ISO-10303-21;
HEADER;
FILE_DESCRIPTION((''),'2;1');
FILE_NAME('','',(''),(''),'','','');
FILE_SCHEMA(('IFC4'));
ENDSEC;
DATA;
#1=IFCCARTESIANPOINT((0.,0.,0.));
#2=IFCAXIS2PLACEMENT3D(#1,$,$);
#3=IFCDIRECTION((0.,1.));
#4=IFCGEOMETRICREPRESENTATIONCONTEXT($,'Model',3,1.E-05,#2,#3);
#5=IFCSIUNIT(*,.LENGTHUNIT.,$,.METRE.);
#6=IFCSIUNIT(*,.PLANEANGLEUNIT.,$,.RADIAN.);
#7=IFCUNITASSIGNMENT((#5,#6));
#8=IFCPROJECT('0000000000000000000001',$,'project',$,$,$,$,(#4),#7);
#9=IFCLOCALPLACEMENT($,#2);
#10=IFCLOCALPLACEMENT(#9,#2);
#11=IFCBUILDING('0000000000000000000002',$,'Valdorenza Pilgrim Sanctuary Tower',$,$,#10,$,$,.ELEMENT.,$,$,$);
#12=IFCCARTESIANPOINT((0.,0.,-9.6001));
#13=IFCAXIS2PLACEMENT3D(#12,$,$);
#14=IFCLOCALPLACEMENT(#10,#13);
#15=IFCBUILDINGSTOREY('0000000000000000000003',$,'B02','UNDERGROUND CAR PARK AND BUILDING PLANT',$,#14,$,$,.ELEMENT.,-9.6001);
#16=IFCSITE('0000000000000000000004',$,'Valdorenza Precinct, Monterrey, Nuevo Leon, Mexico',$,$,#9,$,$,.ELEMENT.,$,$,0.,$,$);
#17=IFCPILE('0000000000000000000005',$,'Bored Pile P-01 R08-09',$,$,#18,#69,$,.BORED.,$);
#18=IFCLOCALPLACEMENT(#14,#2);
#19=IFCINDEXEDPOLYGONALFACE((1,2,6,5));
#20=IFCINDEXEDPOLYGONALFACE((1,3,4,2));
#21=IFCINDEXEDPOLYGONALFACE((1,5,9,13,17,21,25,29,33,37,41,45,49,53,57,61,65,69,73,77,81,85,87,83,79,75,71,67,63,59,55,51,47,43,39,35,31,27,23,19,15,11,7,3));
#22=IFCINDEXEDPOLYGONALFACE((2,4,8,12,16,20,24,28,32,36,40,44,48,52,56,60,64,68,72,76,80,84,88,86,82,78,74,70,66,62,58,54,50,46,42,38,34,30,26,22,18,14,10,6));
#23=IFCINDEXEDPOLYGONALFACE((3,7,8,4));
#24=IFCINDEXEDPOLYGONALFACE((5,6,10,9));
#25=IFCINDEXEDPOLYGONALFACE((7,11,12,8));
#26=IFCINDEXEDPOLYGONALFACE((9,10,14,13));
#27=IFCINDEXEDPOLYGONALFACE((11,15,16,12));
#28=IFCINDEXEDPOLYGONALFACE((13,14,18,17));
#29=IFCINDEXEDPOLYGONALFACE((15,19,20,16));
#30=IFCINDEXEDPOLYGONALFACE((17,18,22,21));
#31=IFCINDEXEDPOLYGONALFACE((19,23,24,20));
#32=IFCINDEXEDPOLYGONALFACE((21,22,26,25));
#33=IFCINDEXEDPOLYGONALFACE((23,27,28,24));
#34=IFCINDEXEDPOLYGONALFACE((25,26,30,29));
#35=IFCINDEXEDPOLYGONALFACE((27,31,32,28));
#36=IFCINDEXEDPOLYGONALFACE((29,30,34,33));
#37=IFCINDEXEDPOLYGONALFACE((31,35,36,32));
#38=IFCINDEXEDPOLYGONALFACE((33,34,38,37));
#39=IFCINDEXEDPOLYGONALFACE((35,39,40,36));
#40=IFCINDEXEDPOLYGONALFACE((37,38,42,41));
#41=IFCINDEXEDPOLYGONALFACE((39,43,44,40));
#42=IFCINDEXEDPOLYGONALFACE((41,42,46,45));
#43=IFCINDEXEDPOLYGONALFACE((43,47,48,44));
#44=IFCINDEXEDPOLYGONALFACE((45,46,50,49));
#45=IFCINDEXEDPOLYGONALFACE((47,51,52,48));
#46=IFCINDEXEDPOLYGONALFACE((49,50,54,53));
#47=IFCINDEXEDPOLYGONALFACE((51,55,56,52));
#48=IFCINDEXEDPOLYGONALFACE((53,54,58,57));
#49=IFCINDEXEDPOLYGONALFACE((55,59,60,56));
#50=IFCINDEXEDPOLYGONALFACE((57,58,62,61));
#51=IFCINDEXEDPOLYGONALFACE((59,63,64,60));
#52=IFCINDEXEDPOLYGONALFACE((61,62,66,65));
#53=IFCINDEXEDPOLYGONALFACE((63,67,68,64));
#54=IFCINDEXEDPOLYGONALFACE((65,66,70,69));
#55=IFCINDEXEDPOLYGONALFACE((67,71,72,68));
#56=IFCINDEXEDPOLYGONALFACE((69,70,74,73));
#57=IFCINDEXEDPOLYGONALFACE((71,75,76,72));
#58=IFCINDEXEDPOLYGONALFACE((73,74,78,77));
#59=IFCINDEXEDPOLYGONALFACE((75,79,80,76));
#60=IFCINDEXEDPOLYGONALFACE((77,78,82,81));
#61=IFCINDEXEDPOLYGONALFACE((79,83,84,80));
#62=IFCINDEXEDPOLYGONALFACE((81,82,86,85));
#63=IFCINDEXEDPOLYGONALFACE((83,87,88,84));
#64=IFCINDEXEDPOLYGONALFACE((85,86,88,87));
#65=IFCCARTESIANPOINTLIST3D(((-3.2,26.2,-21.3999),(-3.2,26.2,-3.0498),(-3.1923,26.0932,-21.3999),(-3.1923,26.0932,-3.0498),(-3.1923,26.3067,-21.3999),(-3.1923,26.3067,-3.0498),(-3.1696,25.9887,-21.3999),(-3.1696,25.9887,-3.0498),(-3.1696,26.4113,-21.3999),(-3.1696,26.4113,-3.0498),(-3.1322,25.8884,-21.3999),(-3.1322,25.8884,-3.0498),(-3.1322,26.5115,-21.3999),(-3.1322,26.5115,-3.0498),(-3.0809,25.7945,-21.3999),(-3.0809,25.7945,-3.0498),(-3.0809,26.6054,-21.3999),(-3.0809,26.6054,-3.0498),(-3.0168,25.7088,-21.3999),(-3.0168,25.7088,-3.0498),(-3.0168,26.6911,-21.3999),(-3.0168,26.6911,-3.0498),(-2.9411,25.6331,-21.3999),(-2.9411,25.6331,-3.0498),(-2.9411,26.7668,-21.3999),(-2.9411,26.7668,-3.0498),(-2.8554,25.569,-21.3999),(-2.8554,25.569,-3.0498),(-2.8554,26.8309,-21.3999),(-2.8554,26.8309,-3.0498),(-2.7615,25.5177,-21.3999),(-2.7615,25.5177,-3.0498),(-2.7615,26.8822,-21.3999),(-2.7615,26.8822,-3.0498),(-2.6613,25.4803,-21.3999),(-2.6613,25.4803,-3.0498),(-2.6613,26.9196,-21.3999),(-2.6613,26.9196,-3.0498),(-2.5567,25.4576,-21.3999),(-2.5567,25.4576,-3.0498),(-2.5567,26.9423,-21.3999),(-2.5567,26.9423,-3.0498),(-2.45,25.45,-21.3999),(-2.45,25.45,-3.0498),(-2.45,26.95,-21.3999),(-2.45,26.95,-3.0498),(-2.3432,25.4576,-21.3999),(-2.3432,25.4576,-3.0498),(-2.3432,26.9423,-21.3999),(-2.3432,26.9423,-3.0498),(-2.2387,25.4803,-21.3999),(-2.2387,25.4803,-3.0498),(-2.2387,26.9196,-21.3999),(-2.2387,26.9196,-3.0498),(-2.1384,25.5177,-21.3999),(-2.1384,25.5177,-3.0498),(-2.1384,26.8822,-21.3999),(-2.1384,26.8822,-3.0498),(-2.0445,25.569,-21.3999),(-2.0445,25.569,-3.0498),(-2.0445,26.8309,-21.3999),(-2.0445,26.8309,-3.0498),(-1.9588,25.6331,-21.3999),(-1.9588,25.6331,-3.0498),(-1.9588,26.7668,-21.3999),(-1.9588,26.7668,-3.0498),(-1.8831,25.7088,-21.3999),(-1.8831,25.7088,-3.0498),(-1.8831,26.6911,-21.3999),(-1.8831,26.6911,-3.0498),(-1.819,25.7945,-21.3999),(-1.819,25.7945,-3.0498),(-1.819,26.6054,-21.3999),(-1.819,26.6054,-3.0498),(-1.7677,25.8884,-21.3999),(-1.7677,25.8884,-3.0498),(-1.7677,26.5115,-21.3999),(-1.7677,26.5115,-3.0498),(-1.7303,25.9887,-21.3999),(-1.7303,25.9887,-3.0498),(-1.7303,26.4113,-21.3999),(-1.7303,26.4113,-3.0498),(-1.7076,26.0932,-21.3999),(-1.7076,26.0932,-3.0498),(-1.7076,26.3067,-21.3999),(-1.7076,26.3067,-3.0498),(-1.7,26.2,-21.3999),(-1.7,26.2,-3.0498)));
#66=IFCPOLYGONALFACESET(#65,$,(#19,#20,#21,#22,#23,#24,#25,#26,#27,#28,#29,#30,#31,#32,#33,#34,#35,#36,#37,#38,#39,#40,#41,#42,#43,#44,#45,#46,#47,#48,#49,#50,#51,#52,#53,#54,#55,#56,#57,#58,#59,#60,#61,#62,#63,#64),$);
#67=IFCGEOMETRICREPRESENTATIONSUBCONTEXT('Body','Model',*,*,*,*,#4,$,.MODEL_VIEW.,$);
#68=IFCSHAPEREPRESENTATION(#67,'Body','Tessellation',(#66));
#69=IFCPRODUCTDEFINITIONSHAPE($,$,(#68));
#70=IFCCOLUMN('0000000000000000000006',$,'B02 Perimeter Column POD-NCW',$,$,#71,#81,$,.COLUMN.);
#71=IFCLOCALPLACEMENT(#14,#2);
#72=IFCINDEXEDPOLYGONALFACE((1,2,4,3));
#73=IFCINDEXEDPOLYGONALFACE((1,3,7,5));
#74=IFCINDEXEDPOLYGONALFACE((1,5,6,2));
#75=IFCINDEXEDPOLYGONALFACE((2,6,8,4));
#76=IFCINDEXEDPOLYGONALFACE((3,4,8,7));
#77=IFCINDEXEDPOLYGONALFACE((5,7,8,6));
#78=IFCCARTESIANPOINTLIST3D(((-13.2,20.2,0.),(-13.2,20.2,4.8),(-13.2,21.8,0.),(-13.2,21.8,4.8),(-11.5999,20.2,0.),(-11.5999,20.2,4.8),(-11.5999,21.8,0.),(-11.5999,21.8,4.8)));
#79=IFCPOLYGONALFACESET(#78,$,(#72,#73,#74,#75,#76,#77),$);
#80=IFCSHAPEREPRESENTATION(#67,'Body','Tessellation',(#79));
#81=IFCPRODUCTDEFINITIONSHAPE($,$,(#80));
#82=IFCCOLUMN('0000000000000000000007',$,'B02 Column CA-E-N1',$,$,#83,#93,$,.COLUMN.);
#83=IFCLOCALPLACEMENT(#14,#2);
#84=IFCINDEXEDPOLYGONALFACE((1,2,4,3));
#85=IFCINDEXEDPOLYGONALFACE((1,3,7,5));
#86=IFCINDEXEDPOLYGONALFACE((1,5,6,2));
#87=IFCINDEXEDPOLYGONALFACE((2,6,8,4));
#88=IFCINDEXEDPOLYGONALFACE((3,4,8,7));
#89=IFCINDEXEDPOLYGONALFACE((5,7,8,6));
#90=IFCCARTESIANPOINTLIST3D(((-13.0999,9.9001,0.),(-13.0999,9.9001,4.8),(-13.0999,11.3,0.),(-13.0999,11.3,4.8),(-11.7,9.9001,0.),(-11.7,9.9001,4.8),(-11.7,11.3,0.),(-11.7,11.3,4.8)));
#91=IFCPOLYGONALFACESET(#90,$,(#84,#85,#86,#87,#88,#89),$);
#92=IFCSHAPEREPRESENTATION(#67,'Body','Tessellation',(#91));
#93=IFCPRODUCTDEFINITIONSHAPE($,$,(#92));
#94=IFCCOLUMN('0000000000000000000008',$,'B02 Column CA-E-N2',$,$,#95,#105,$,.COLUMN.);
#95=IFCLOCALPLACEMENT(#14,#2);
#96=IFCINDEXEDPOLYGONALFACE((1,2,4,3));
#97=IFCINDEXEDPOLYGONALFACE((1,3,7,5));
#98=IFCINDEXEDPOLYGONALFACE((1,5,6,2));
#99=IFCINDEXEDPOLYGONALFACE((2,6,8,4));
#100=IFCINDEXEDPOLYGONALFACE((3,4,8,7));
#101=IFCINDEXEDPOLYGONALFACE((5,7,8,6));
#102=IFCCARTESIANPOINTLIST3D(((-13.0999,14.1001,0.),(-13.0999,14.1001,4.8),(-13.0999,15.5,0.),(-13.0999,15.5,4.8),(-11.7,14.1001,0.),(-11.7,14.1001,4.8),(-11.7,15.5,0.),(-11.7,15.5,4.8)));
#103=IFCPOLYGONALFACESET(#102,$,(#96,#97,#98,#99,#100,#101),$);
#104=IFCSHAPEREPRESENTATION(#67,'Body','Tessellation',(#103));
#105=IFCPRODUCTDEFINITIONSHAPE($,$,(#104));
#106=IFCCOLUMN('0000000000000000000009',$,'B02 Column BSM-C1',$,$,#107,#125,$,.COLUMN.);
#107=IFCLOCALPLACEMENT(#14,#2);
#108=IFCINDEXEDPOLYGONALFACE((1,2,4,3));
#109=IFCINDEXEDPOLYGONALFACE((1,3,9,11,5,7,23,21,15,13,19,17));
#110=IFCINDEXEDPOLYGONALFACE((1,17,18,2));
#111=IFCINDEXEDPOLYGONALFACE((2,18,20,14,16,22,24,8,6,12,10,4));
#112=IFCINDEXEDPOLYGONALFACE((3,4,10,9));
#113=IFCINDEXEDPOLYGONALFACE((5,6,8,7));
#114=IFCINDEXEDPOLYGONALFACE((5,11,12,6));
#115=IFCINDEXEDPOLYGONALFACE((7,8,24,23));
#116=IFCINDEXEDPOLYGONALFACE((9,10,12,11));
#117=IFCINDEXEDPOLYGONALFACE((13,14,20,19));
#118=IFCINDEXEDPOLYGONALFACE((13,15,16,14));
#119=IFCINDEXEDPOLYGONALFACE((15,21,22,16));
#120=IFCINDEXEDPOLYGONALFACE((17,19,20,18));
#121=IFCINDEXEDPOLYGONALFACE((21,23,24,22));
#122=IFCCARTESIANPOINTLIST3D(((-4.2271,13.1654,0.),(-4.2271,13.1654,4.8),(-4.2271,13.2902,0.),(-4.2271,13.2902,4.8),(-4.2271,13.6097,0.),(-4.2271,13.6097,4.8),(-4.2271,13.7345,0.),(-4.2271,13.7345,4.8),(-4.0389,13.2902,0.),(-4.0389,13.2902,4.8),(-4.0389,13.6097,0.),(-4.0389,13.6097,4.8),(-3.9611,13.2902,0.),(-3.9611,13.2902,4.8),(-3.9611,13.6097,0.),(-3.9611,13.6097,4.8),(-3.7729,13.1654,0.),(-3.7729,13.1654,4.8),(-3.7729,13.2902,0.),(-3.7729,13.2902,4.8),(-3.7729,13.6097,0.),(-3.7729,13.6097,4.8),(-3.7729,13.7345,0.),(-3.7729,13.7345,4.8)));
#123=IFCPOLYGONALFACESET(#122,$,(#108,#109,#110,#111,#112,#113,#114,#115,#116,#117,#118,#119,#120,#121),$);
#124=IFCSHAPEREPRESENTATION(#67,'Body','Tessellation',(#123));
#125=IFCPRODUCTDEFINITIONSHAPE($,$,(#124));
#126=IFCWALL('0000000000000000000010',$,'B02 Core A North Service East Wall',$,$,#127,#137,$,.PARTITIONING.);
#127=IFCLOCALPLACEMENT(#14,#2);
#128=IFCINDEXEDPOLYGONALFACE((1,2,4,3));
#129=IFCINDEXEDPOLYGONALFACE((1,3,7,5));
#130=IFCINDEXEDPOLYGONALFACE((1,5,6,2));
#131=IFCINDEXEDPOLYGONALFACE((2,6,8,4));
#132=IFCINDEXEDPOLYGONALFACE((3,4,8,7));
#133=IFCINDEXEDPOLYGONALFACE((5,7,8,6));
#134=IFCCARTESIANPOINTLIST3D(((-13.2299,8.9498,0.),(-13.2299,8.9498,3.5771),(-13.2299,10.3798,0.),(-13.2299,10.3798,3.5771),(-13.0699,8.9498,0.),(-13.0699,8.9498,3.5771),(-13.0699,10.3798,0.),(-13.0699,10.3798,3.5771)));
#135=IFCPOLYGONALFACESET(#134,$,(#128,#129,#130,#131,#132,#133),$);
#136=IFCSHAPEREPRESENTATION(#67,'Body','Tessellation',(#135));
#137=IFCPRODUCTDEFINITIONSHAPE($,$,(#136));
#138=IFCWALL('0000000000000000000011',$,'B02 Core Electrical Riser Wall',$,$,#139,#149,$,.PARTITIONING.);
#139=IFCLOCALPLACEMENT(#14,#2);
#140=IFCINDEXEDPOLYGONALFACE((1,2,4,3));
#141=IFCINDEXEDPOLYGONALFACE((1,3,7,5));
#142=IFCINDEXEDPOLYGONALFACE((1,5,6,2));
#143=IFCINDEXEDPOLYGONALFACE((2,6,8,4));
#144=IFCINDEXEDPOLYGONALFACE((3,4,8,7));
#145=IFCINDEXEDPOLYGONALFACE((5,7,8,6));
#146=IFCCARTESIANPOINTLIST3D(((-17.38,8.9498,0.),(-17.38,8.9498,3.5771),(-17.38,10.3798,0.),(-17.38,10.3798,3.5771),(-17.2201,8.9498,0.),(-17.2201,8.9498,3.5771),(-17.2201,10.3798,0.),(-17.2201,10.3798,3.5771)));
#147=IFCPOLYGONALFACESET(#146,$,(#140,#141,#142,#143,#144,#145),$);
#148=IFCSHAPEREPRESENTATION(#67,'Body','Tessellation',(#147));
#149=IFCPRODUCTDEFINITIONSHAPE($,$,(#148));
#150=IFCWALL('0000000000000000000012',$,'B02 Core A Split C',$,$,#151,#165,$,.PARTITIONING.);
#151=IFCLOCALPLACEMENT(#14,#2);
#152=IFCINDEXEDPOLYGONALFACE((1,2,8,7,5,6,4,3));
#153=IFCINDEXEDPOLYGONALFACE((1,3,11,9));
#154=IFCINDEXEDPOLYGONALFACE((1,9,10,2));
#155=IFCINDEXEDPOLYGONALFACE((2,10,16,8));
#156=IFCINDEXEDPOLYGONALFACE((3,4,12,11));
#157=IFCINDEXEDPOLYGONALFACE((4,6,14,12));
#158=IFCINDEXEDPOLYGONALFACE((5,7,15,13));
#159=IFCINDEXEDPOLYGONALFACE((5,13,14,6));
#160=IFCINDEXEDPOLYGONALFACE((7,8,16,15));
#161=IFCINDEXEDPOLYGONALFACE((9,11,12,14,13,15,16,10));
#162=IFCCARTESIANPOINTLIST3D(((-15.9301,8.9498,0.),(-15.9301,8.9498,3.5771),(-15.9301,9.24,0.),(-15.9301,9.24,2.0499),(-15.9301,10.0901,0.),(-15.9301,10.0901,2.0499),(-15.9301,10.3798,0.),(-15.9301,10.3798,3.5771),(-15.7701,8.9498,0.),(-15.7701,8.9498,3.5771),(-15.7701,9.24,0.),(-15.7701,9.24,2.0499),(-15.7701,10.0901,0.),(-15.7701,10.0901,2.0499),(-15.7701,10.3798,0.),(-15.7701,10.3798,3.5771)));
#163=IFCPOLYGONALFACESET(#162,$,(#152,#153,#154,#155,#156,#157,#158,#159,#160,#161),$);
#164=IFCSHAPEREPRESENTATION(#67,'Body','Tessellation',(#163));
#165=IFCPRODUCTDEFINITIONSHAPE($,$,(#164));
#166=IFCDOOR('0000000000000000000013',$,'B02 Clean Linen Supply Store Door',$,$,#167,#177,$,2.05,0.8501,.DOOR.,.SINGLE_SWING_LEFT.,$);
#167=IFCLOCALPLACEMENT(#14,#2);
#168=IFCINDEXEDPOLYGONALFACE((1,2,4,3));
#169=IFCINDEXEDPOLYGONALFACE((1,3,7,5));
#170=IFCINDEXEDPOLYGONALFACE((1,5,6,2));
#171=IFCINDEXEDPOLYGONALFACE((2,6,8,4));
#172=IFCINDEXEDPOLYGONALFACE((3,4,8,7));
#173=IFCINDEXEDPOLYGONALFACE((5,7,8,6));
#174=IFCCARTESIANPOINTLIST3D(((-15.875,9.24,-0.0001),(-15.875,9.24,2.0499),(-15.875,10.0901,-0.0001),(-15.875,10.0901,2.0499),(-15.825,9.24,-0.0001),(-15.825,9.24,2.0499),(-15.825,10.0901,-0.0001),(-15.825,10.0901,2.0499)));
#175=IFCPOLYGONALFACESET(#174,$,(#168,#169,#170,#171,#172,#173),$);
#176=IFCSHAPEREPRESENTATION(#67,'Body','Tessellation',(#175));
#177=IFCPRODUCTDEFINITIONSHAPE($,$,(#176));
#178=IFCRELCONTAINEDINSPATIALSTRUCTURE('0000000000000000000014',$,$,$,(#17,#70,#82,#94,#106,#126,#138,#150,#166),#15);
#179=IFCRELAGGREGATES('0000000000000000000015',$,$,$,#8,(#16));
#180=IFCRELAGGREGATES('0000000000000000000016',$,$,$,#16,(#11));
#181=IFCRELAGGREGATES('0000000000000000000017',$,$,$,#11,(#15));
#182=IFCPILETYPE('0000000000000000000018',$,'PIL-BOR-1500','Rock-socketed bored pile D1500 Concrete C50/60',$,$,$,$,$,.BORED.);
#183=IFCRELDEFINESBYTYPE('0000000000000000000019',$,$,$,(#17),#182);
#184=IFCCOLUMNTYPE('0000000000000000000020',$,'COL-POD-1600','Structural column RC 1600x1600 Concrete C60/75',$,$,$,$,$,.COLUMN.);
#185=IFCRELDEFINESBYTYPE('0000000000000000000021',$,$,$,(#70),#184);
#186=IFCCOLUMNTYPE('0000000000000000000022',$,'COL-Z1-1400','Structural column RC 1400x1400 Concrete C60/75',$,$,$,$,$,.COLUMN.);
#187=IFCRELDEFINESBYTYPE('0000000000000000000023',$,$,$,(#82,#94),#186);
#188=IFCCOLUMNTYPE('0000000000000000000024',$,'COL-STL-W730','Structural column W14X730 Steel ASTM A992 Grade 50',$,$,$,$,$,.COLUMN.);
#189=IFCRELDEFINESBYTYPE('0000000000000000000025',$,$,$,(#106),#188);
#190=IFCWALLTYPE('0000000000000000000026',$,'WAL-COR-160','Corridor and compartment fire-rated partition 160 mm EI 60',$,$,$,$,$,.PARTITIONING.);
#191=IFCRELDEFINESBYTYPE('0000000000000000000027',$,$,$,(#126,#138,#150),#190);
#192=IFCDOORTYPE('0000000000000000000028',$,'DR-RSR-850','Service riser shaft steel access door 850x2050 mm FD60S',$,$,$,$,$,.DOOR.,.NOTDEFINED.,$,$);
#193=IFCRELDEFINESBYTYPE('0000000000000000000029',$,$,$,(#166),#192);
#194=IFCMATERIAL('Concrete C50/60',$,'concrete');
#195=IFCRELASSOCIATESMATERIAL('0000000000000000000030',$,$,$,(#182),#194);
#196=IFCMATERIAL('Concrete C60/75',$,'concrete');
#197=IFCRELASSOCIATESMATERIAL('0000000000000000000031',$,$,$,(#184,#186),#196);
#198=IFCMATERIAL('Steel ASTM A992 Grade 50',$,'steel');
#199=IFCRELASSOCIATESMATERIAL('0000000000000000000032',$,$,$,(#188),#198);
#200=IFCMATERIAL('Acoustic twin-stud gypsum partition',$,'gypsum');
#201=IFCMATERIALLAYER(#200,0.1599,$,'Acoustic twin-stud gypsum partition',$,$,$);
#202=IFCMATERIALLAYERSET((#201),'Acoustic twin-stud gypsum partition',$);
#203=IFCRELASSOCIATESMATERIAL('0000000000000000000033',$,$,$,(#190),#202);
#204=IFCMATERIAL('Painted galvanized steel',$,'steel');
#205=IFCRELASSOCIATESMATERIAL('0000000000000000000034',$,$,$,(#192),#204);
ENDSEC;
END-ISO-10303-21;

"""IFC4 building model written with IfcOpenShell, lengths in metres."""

from ifc_helpers import new_model, si_unit, direction, frame, frame_2d, origin, origin_2d, place, context, subcontext, project, spatial, rectangle, circle, i_section, extrude, source, transform, mapped, material, layer, layer_set, material_profile, profile_set, type_object, element, fill, save


model = new_model("IFC4")

# Units and contexts
model_context = context("Model", 3, precision=1e-05, world=origin(), true_north=direction((0.0, 1.0)))
body_context = subcontext(model_context, "Body", "Model", "MODEL_VIEW")
ifc_project = project(units=[si_unit("LENGTHUNIT", "METRE"), si_unit("PLANEANGLEUNIT", "RADIAN")], contexts=[model_context])

# Site, building, storey
site_placement = place(None, origin())
site = spatial("IfcSite", under=ifc_project, at=site_placement, Name="Valdorenza Precinct, Monterrey, Nuevo Leon, Mexico", CompositionType="ELEMENT", RefElevation=0.0)
building_placement = place(site_placement, origin())
building = spatial("IfcBuilding", under=site, at=building_placement, Name="Valdorenza Pilgrim Sanctuary Tower", CompositionType="ELEMENT")
storey_placement = place(building_placement, frame((0.0, 0.0, -9.6001)))
storey = spatial("IfcBuildingStorey", under=building, at=storey_placement, Name="B02", Description="UNDERGROUND CAR PARK AND BUILDING PLANT", CompositionType="ELEMENT", Elevation=-9.6001)

# Pile
ifc_material_1 = material(Name="Concrete C50/60", Category="concrete")
ifc_material_profile_1 = material_profile(ifc_material_1, circle(Radius=0.75, at=origin_2d()), Name="BORED PILE 1500")
ifc_profile_set_1 = profile_set([ifc_material_profile_1], Name="Concrete C50/60")
pile_type = type_object("IfcPileType", Name="PIL-BOR-1500", Description="Rock-socketed bored pile D1500 Concrete C50/60", PredefinedType="BORED", material=ifc_profile_set_1)
shared_shape_1 = source(origin(), body_context, "Body", "SweptSolid", [
    extrude(circle(Radius=0.75, at=origin_2d()), origin(), (0.0, 0.0, 1.0), 18.3501),
])
for number, where, z_axis, x_axis, name in (
    (1, (-2.45, 26.2, -3.0498), (0.0, 0.0, -1.0), (1.0, 0.0, 0.0), "Bored Pile P-01 R08-09"),
):
    element("IfcPile", number, at=place(storey_placement, frame(where, z_axis=z_axis, x_axis=x_axis)), inside=storey, type_object=pile_type, Name=name, PredefinedType="BORED", context=body_context, shape_type="MappedRepresentation", body=[
        mapped(shared_shape_1, transform((0.0, 0.0, 0.0), x_axis=(1.0, 0.0, 0.0), y_axis=(0.0, 1.0, 0.0), z_axis=(0.0, 0.0, 1.0), scale=1.0)),
    ])

# Columns
ifc_material_2 = material(Name="Concrete C60/75", Category="concrete")
ifc_material_profile_2 = material_profile(ifc_material_2, rectangle(XDim=1.6001, YDim=1.6001, at=origin_2d()), Name="RC 1600x1600")
ifc_profile_set_2 = profile_set([ifc_material_profile_2], Name="Concrete C60/75")
column_type_1 = type_object("IfcColumnType", Name="COL-POD-1600", Description="Structural column RC 1600x1600 Concrete C60/75", PredefinedType="COLUMN", material=ifc_profile_set_2)
shared_shape_2 = source(origin(), body_context, "Body", "SweptSolid", [
    extrude(rectangle(XDim=1.6001, YDim=1.6001, at=origin_2d()), origin(), (0.0, 0.0, 1.0), 4.8),
])
column_1_placement = place(storey_placement, frame((-12.3999, 21.0, 0.0), z_axis=(0.0, 0.0, 1.0), x_axis=(1.0, 0.0, 0.0)))
element("IfcColumn", 2, at=column_1_placement, inside=storey, type_object=column_type_1, Name="B02 Perimeter Column POD-NCW", PredefinedType="COLUMN", context=body_context, shape_type="MappedRepresentation", body=[
    mapped(shared_shape_2, transform((0.0, 0.0, 0.0), x_axis=(1.0, 0.0, 0.0), y_axis=(0.0, 1.0, 0.0), z_axis=(0.0, 0.0, 1.0), scale=1.0)),
])
ifc_material_profile_3 = material_profile(ifc_material_2, rectangle(XDim=1.3999, YDim=1.3999, at=origin_2d()), Name="RC 1400x1400")
ifc_profile_set_3 = profile_set([ifc_material_profile_3], Name="Concrete C60/75")
column_type_2 = type_object("IfcColumnType", Name="COL-Z1-1400", Description="Structural column RC 1400x1400 Concrete C60/75", PredefinedType="COLUMN", material=ifc_profile_set_3)
shared_shape_3 = source(origin(), body_context, "Body", "SweptSolid", [
    extrude(rectangle(XDim=1.3999, YDim=1.3999, at=origin_2d()), origin(), (0.0, 0.0, 1.0), 4.8),
])
for number, where, z_axis, x_axis, name in (
    (3, (-12.3999, 10.6001, 0.0), (0.0, 0.0, 1.0), (1.0, 0.0, 0.0), "B02 Column CA-E-N1"),
    (4, (-12.3999, 14.8, 0.0), (0.0, 0.0, 1.0), (1.0, 0.0, 0.0), "B02 Column CA-E-N2"),
):
    element("IfcColumn", number, at=place(storey_placement, frame(where, z_axis=z_axis, x_axis=x_axis)), inside=storey, type_object=column_type_2, Name=name, PredefinedType="COLUMN", context=body_context, shape_type="MappedRepresentation", body=[
        mapped(shared_shape_3, transform((0.0, 0.0, 0.0), x_axis=(1.0, 0.0, 0.0), y_axis=(0.0, 1.0, 0.0), z_axis=(0.0, 0.0, 1.0), scale=1.0)),
    ])
ifc_material_3 = material(Name="Steel ASTM A992 Grade 50", Category="steel")
ifc_material_profile_4 = material_profile(ifc_material_3, i_section(OverallWidth=0.4541, OverallDepth=0.5691, WebThickness=0.0779, FlangeThickness=0.1248, at=origin_2d()), Name="W14X730")
ifc_profile_set_4 = profile_set([ifc_material_profile_4], Name="Steel ASTM A992 Grade 50")
column_type_3 = type_object("IfcColumnType", Name="COL-STL-W730", Description="Structural column W14X730 Steel ASTM A992 Grade 50", PredefinedType="COLUMN", material=ifc_profile_set_4)
shared_shape_4 = source(origin(), body_context, "Body", "SweptSolid", [
    extrude(i_section(OverallWidth=0.4541, OverallDepth=0.5691, WebThickness=0.0779, FlangeThickness=0.1248, at=origin_2d()), origin(), (0.0, 0.0, 1.0), 4.8),
])
column_2_placement = place(storey_placement, frame((-4.0, 13.45, 0.0), z_axis=(0.0, 0.0, 1.0), x_axis=(1.0, 0.0, 0.0)))
element("IfcColumn", 5, at=column_2_placement, inside=storey, type_object=column_type_3, Name="B02 Column BSM-C1", PredefinedType="COLUMN", context=body_context, shape_type="MappedRepresentation", body=[
    mapped(shared_shape_4, transform((0.0, 0.0, 0.0), x_axis=(1.0, 0.0, 0.0), y_axis=(0.0, 1.0, 0.0), z_axis=(0.0, 0.0, 1.0), scale=1.0)),
])

# Walls
ifc_material_4 = material(Name="Acoustic twin-stud gypsum partition", Category="gypsum")
ifc_layer = layer(ifc_material_4, 0.1599, Name="Acoustic twin-stud gypsum partition")
ifc_layer_set = layer_set([ifc_layer], Name="Acoustic twin-stud gypsum partition")
wall_type = type_object("IfcWallType", Name="WAL-COR-160", Description="Corridor and compartment fire-rated partition 160 mm EI 60", PredefinedType="PARTITIONING", material=ifc_layer_set)
for number, where, z_axis, x_axis, name in (
    (6, (-13.1499, 8.95, 0.0), (0.0, 0.0, 1.0), (0.0, 1.0, 0.0), "B02 Core A North Service East Wall"),
    (7, (-17.3, 8.95, 0.0), (0.0, 0.0, 1.0), (0.0, 1.0, 0.0), "B02 Core Electrical Riser Wall"),
):
    element("IfcWall", number, at=place(storey_placement, frame(where, z_axis=z_axis, x_axis=x_axis)), inside=storey, type_object=wall_type, Name=name, PredefinedType="PARTITIONING", context=body_context, shape_type="SweptSolid", body=[
        extrude(rectangle(XDim=1.4299, YDim=0.1599, at=frame_2d((0.7148, 0.0))), origin(), (0.0, 0.0, 1.0), 3.5771),
    ])

# Wall, opening, door
wall_placement = place(storey_placement, frame((-15.8501, 8.95, 0.0), z_axis=(0.0, 0.0, 1.0), x_axis=(0.0, 1.0, 0.0)))
wall = element("IfcWall", 8, at=wall_placement, inside=storey, type_object=wall_type, Name="B02 Core A Split C", PredefinedType="PARTITIONING", context=body_context, shape_type="SweptSolid", body=[
    extrude(rectangle(XDim=1.4299, YDim=0.1599, at=frame_2d((0.7148, 0.0))), origin(), (0.0, 0.0, 1.0), 3.5771),
])
opening_placement = place(wall_placement, frame((0.29, 0.0, 0.0)))
opening = element("IfcOpeningElement", 9, at=opening_placement, cuts=wall, PredefinedType="OPENING", context=body_context, shape_type="SweptSolid", body=[
    extrude(rectangle(XDim=0.8501, YDim=2.05, at=frame_2d((0.425, 1.0249))), frame((0.0, 0.0947, 0.0), z_axis=(0.0, -1.0, 0.0), x_axis=(1.0, 0.0, 0.0)), (0.0, 0.0, 1.0), 0.1897),
])
ifc_material_5 = material(Name="Painted galvanized steel", Category="steel")
door_type = type_object("IfcDoorType", Name="DR-RSR-850", Description="Service riser shaft steel access door 850x2050 mm FD60S", OperationType="NOTDEFINED", PredefinedType="DOOR", material=ifc_material_5)
door_placement = place(opening_placement, origin())
door = element("IfcDoor", 10, at=door_placement, inside=storey, type_object=door_type, Name="B02 Clean Linen Supply Store Door", OperationType="SINGLE_SWING_LEFT", OverallHeight=2.05, OverallWidth=0.8501, PredefinedType="DOOR", context=body_context, shape_type="SweptSolid", body=[
    extrude(rectangle(XDim=0.8501, YDim=2.05, at=frame_2d((0.425, 1.0249))), frame((0.0, 0.0249, 0.0), z_axis=(0.0, -1.0, 0.0), x_axis=(1.0, 0.0, 0.0)), (0.0, 0.0, 1.0), 0.05),
])
fill(opening, door)

save(model, "model.ifc")
